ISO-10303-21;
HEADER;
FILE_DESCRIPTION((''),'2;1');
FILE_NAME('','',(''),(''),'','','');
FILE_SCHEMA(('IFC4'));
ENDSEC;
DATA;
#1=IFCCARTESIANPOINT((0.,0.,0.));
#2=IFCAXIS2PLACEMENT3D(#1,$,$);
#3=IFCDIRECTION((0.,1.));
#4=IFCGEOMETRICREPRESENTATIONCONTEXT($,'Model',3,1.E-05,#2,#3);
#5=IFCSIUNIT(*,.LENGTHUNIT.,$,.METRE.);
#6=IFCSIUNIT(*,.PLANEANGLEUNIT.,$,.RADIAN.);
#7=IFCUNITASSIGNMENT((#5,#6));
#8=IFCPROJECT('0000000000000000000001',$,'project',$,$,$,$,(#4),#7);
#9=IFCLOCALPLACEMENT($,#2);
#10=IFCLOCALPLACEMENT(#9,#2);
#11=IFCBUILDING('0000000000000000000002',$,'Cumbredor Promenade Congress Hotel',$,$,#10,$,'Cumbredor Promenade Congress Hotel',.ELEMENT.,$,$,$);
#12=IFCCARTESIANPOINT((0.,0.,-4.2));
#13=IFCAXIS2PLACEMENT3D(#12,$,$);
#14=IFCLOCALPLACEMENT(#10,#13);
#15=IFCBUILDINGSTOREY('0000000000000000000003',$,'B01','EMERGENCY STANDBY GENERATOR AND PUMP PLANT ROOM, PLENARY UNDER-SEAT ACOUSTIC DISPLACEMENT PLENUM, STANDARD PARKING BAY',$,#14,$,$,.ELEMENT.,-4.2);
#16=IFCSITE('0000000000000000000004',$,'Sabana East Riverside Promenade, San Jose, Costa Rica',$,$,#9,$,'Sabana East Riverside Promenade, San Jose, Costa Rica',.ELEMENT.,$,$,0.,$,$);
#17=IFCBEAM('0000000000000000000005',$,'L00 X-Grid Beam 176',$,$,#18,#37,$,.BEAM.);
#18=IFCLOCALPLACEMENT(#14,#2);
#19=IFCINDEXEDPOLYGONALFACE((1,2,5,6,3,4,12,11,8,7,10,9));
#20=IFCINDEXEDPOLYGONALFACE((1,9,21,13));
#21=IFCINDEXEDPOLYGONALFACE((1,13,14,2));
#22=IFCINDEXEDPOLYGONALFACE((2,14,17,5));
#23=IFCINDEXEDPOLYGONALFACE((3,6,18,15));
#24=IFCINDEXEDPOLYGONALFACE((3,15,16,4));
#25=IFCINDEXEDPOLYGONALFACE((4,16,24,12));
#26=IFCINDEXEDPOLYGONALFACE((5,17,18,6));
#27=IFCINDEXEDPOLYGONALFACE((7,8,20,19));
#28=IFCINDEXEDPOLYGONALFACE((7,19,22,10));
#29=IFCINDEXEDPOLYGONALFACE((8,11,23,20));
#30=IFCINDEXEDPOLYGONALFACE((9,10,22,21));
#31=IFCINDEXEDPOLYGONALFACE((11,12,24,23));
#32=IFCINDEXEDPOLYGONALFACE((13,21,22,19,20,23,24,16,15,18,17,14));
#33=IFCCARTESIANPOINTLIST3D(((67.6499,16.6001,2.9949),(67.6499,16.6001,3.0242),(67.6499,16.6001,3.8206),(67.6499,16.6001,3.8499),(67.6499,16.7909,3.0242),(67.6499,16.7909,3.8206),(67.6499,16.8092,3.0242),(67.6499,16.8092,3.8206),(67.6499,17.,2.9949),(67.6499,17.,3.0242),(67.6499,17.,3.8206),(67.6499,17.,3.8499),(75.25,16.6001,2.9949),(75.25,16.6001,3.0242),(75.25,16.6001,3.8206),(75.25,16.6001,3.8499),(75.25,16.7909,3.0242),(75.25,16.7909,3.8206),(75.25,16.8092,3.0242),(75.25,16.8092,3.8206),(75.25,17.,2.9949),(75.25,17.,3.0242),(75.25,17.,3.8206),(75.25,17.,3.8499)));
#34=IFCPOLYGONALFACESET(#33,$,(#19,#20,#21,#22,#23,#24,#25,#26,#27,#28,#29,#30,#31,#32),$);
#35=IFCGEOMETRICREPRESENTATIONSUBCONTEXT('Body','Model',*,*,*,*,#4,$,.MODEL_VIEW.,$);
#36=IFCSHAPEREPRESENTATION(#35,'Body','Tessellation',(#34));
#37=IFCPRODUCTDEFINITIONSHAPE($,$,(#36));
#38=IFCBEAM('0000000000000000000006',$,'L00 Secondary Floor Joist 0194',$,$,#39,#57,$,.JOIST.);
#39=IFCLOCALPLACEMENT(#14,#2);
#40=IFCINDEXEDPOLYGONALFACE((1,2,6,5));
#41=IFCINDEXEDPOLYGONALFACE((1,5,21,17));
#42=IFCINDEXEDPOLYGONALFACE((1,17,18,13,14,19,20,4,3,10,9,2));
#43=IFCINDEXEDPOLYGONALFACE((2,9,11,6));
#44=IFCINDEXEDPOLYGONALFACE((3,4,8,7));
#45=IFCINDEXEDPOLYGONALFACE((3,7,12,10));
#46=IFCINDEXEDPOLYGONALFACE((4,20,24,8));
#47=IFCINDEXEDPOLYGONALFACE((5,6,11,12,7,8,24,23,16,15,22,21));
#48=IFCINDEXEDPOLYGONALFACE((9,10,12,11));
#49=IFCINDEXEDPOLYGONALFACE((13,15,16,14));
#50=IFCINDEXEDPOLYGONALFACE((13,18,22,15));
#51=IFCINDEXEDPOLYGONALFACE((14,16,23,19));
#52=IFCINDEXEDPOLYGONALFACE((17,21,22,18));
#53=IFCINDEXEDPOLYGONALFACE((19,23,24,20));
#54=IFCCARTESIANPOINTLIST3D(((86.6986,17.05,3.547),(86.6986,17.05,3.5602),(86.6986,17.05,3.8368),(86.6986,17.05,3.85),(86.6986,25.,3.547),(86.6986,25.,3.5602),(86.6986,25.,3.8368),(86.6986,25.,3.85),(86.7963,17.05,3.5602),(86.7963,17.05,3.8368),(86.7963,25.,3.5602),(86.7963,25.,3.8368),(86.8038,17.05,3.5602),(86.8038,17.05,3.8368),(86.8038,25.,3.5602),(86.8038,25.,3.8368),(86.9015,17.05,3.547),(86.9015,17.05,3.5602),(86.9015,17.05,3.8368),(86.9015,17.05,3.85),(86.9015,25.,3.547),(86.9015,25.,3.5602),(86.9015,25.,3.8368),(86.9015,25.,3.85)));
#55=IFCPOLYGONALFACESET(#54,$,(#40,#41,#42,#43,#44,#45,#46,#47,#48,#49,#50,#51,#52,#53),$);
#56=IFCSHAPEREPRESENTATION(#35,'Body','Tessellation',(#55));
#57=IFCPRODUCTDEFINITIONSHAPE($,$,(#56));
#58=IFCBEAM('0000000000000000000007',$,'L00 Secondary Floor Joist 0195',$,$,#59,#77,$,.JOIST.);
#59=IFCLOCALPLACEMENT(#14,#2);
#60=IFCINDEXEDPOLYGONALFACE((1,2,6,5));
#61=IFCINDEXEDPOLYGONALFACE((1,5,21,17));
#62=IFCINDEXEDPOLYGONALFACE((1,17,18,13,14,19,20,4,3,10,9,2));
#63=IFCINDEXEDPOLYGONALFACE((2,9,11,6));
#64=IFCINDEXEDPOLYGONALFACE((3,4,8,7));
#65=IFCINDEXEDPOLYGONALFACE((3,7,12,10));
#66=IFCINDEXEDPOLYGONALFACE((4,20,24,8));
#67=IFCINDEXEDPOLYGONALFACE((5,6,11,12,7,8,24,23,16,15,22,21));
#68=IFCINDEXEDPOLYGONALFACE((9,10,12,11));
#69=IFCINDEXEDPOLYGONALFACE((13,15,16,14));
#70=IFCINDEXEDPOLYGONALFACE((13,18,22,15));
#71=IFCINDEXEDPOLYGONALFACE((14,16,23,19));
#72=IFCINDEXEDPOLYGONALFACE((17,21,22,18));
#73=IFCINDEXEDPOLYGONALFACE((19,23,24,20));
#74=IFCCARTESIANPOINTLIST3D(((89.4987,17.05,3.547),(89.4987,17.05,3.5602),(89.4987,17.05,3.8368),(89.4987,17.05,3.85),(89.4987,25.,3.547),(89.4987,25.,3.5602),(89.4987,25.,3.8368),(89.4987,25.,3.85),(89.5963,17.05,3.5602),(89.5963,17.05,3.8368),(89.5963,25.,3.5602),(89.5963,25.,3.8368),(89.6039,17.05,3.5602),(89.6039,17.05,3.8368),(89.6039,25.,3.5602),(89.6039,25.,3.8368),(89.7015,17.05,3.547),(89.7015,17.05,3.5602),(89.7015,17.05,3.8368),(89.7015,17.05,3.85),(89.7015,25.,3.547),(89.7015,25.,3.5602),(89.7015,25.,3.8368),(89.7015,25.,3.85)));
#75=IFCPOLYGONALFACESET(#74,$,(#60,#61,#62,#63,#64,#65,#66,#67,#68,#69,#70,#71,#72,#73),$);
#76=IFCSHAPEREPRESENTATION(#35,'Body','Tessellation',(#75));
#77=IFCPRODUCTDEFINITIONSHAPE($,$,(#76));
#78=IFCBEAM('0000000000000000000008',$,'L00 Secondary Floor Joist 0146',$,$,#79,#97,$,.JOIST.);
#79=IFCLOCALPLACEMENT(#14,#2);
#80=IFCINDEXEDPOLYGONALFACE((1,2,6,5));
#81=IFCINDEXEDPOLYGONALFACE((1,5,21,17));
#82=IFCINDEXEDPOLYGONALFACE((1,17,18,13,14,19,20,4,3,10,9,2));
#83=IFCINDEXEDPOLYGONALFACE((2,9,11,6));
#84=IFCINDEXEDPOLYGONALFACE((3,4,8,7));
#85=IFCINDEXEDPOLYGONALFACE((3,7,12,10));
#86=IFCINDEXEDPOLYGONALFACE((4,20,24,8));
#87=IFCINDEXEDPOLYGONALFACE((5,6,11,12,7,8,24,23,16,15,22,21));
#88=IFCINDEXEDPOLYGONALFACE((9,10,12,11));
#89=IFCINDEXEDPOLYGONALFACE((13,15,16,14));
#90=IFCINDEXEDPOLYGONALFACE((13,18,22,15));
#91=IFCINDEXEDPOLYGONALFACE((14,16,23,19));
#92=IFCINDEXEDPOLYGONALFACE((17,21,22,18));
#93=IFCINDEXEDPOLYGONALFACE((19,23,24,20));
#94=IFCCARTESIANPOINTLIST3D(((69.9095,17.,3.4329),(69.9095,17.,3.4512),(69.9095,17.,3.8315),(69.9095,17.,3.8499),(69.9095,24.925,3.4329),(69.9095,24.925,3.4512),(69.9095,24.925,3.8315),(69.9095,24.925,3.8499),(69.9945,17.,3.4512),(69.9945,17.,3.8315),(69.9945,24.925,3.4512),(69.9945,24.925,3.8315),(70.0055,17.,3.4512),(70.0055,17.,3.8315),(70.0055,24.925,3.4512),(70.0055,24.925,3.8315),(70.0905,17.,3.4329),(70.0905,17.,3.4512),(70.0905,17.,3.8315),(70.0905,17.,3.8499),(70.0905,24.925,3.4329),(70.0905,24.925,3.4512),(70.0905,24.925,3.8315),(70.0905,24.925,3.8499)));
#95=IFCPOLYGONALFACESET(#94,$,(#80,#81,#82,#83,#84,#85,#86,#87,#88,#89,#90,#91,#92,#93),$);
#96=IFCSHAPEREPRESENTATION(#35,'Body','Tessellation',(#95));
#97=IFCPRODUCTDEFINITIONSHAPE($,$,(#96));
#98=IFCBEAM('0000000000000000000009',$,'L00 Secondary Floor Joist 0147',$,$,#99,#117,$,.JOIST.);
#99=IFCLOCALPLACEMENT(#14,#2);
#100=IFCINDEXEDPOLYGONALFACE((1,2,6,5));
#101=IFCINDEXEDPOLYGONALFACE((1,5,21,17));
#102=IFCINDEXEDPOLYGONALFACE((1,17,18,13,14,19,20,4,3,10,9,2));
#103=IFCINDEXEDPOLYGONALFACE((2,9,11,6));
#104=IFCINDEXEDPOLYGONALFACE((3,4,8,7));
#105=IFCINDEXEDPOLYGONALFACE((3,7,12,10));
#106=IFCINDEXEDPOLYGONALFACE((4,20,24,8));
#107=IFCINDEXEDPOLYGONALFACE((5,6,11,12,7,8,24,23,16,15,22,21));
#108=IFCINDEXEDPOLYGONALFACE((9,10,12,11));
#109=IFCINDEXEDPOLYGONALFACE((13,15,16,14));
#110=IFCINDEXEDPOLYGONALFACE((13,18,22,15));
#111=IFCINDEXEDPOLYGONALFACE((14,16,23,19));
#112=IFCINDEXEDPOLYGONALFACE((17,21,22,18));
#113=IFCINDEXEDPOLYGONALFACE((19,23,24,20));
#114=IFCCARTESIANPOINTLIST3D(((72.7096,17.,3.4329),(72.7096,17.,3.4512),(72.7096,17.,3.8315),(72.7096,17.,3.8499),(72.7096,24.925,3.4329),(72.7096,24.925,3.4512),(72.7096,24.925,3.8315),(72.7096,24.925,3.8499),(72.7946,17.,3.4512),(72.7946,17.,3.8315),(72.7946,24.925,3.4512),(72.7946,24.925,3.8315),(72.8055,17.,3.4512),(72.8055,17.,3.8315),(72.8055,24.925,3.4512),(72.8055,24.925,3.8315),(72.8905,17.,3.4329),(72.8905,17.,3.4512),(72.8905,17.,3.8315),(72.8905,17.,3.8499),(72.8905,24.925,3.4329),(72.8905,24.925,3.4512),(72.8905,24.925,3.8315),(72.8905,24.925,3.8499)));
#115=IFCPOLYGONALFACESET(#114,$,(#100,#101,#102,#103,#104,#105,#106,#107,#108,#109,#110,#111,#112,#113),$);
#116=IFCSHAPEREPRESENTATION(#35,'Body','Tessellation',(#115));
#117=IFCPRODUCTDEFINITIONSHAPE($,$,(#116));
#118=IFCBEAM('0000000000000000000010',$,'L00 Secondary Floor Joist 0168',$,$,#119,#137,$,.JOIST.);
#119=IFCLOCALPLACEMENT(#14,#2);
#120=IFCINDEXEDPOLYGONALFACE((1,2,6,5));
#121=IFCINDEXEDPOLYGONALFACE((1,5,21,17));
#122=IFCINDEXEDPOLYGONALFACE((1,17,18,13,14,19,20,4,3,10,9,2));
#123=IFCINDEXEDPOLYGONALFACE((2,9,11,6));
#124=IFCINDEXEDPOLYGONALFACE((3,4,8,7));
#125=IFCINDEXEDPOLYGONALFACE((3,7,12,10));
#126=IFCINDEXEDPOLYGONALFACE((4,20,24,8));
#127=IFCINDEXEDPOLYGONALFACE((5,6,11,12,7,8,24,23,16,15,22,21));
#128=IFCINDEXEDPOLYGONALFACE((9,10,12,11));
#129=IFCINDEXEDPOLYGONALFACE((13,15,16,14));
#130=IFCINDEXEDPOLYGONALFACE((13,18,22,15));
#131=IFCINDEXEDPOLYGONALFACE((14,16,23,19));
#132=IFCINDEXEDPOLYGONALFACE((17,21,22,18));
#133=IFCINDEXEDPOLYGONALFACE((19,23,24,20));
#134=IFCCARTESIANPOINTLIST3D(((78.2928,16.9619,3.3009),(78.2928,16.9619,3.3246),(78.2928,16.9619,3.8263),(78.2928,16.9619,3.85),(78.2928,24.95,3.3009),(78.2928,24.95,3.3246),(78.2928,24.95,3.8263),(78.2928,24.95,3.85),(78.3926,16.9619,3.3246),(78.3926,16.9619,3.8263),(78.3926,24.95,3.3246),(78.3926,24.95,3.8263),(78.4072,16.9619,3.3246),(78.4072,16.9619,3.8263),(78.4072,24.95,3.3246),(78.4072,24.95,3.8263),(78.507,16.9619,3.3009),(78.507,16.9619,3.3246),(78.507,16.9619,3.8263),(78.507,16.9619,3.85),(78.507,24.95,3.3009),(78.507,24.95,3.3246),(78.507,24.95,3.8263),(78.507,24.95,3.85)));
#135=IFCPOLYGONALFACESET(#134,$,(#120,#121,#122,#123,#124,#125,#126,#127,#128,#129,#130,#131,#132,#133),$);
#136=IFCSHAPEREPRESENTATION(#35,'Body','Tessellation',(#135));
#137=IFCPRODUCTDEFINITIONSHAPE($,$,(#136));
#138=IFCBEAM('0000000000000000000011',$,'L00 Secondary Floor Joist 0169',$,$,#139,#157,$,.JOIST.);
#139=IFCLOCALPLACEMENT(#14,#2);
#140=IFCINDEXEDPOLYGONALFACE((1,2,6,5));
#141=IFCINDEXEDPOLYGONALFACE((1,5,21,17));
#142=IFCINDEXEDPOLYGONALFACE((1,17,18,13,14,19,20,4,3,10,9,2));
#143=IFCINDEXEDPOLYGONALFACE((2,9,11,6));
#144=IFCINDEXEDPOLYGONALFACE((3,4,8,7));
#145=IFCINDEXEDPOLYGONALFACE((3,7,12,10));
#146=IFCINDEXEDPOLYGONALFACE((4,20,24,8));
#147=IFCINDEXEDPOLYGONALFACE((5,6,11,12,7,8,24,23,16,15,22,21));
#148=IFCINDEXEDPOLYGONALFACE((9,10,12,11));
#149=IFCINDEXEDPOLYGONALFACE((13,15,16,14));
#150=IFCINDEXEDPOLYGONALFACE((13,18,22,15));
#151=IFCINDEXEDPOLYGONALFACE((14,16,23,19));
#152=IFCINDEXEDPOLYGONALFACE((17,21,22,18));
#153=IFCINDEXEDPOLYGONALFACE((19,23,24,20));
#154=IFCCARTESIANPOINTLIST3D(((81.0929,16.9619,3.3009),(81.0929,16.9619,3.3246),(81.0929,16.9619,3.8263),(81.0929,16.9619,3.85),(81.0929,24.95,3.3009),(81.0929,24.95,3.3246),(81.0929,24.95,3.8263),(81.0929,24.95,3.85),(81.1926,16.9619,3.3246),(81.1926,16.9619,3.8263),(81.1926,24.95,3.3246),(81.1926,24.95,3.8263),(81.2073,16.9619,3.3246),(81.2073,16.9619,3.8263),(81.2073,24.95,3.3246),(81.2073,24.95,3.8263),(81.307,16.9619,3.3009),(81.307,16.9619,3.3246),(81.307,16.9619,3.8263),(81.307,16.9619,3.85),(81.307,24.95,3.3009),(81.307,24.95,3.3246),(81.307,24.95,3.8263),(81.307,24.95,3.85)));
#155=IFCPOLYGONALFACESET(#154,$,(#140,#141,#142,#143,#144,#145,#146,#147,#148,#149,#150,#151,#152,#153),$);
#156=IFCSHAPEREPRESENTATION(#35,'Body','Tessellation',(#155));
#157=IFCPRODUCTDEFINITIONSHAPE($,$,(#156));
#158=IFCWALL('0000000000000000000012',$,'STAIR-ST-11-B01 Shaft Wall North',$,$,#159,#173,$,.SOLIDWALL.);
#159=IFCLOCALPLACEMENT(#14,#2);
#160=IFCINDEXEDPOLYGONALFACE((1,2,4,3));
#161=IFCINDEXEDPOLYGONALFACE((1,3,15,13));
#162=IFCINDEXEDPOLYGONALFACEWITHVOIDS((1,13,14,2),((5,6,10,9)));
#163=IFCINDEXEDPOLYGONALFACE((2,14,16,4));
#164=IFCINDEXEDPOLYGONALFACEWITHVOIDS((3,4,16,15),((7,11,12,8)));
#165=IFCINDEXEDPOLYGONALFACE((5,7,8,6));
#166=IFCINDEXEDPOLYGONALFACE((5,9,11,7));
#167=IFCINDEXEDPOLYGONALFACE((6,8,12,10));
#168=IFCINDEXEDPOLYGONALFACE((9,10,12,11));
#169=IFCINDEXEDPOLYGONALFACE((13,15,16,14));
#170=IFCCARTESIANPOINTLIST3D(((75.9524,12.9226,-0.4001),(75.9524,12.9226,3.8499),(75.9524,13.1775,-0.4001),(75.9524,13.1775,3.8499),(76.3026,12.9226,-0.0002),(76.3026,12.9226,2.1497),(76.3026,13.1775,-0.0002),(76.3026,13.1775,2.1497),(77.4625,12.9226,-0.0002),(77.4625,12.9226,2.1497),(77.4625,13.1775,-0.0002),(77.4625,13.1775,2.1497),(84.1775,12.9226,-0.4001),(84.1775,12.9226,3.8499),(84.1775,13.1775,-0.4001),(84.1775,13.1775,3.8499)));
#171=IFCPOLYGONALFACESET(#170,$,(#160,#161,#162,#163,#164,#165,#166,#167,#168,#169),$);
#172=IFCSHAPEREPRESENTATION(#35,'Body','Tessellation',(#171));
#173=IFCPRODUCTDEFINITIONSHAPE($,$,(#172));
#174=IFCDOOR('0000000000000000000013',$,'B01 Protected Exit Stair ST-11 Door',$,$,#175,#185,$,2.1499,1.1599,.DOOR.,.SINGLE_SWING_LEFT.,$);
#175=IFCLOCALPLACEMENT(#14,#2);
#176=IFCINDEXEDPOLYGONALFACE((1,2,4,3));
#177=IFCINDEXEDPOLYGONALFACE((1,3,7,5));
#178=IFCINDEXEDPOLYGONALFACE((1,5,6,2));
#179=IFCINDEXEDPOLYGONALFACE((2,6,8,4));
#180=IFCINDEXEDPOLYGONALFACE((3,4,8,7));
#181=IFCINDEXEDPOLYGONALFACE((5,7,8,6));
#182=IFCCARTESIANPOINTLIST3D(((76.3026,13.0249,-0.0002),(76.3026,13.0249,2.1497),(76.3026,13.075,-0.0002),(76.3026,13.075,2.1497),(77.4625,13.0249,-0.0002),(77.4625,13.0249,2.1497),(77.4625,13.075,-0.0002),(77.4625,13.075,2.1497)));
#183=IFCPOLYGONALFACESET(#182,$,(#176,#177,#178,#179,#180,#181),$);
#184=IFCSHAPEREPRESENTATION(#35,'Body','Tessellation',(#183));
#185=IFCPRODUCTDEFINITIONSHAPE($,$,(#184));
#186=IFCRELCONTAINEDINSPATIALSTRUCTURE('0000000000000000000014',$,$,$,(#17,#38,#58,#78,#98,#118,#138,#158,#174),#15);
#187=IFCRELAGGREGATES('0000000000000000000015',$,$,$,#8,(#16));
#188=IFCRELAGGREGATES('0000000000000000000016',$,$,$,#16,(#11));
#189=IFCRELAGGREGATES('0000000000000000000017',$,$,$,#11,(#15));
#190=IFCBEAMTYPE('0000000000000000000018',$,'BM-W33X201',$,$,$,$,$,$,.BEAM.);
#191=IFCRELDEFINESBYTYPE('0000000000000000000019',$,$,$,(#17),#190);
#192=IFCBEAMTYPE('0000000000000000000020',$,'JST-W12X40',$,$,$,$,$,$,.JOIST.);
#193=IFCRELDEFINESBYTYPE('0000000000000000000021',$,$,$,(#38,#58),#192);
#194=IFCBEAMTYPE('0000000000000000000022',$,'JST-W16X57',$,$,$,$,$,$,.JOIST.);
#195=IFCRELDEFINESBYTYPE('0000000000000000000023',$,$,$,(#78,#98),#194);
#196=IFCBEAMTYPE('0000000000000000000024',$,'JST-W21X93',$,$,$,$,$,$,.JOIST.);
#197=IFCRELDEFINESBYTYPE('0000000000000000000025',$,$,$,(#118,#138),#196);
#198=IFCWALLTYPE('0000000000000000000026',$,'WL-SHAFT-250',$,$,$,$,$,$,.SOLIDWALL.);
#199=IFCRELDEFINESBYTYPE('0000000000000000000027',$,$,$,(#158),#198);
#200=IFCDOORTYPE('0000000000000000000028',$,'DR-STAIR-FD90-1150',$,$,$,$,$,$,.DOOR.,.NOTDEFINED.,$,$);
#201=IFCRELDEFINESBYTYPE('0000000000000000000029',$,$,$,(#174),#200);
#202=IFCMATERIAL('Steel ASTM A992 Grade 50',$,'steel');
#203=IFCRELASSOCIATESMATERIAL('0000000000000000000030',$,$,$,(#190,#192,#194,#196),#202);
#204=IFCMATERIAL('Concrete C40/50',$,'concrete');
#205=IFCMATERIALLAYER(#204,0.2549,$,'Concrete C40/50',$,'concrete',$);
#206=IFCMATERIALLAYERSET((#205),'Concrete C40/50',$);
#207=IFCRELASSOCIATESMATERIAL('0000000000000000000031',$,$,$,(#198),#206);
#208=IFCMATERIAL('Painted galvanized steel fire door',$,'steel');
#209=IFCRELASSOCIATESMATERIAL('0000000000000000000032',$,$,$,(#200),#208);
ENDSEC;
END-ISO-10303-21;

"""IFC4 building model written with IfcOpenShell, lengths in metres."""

from ifc_helpers import new_model, si_unit, direction, frame, frame_2d, origin, origin_2d, place, context, subcontext, project, spatial, rectangle, i_section, extrude, material, layer, layer_set, material_profile, profile_set, type_object, element, fill, save


model = new_model("IFC4")

# Units and contexts
model_context = context("Model", 3, precision=1e-05, world=origin(), true_north=direction((0.0, 1.0)))
body_context = subcontext(model_context, "Body", "Model", "MODEL_VIEW")
ifc_project = project(units=[si_unit("LENGTHUNIT", "METRE"), si_unit("PLANEANGLEUNIT", "RADIAN")], contexts=[model_context])

# Site, building, storey
site_placement = place(None, origin())
site = spatial("IfcSite", under=ifc_project, at=site_placement, Name="Sabana East Riverside Promenade, San Jose, Costa Rica", LongName="Sabana East Riverside Promenade, San Jose, Costa Rica", CompositionType="ELEMENT", RefElevation=0.0)
building_placement = place(site_placement, origin())
building = spatial("IfcBuilding", under=site, at=building_placement, Name="Cumbredor Promenade Congress Hotel", LongName="Cumbredor Promenade Congress Hotel", CompositionType="ELEMENT")
storey_placement = place(building_placement, frame((0.0, 0.0, -4.2)))
storey = spatial("IfcBuildingStorey", under=building, at=storey_placement, Name="B01", Description="EMERGENCY STANDBY GENERATOR AND PUMP PLANT ROOM, PLENARY UNDER-SEAT ACOUSTIC DISPLACEMENT PLENUM, STANDARD PARKING BAY", CompositionType="ELEMENT", Elevation=-4.2)

# Shared definitions
ifc_material_1 = material(Name="Concrete C40/50", Category="concrete")

# Beams
ifc_material_2 = material(Name="Steel ASTM A992 Grade 50", Category="steel")
ifc_material_profile_1 = material_profile(ifc_material_2, i_section(OverallWidth=0.3999, OverallDepth=0.855, WebThickness=0.0183, FlangeThickness=0.0293, at=origin_2d()), Name="W33X201")
ifc_profile_set_1 = profile_set([ifc_material_profile_1], Name="Steel ASTM A992 Grade 50")
beam_type_1 = type_object("IfcBeamType", Name="BM-W33X201", PredefinedType="BEAM", material=ifc_profile_set_1)
beam_1_placement = place(storey_placement, frame((67.6499, 16.8, 3.4224), z_axis=(1.0, 0.0, 0.0), x_axis=(0.0, 1.0, 0.0)))
element("IfcBeam", 1, at=beam_1_placement, inside=storey, type_object=beam_type_1, Name="L00 X-Grid Beam 176", PredefinedType="BEAM", context=body_context, shape_type="SweptSolid", body=[
    extrude(i_section(OverallWidth=0.3999, OverallDepth=0.855, WebThickness=0.0183, FlangeThickness=0.0293, at=origin_2d()), origin(), (0.0, 0.0, 1.0), 7.6001),
])
ifc_material_profile_2 = material_profile(ifc_material_2, i_section(OverallWidth=0.2029, OverallDepth=0.303, WebThickness=0.0076, FlangeThickness=0.0132, at=origin_2d()), Name="W12X40")
ifc_profile_set_2 = profile_set([ifc_material_profile_2], Name="Steel ASTM A992 Grade 50")
beam_type_2 = type_object("IfcBeamType", Name="JST-W12X40", PredefinedType="JOIST", material=ifc_profile_set_2)
for number, where, z_axis, x_axis, name in (
    (2, (86.8, 17.05, 3.6985), (0.0, 1.0, 0.0), (-1.0, 0.0, 0.0), "L00 Secondary Floor Joist 0194"),
    (3, (89.6001, 17.05, 3.6985), (0.0, 1.0, 0.0), (-1.0, 0.0, 0.0), "L00 Secondary Floor Joist 0195"),
):
    element("IfcBeam", number, at=place(storey_placement, frame(where, z_axis=z_axis, x_axis=x_axis)), inside=storey, type_object=beam_type_2, Name=name, PredefinedType="JOIST", context=body_context, shape_type="SweptSolid", body=[
        extrude(i_section(OverallWidth=0.2029, OverallDepth=0.303, WebThickness=0.0076, FlangeThickness=0.0132, at=origin_2d()), origin(), (0.0, 0.0, 1.0), 7.95),
    ])
ifc_material_profile_3 = material_profile(ifc_material_2, i_section(OverallWidth=0.1809, OverallDepth=0.417, WebThickness=0.011, FlangeThickness=0.0183, at=origin_2d()), Name="W16X57")
ifc_profile_set_3 = profile_set([ifc_material_profile_3], Name="Steel ASTM A992 Grade 50")
beam_type_3 = type_object("IfcBeamType", Name="JST-W16X57", PredefinedType="JOIST", material=ifc_profile_set_3)
for number, where, z_axis, x_axis, name in (
    (4, (70.0, 17.0, 3.6414), (0.0, 1.0, 0.0), (-1.0, 0.0, 0.0), "L00 Secondary Floor Joist 0146"),
    (5, (72.8, 17.0, 3.6414), (0.0, 1.0, 0.0), (-1.0, 0.0, 0.0), "L00 Secondary Floor Joist 0147"),
):
    element("IfcBeam", number, at=place(storey_placement, frame(where, z_axis=z_axis, x_axis=x_axis)), inside=storey, type_object=beam_type_3, Name=name, PredefinedType="JOIST", context=body_context, shape_type="SweptSolid", body=[
        extrude(i_section(OverallWidth=0.1809, OverallDepth=0.417, WebThickness=0.011, FlangeThickness=0.0183, at=origin_2d()), origin(), (0.0, 0.0, 1.0), 7.925),
    ])
ifc_material_profile_4 = material_profile(ifc_material_2, i_section(OverallWidth=0.2141, OverallDepth=0.5491, WebThickness=0.0146, FlangeThickness=0.0237, at=origin_2d()), Name="W21X93")
ifc_profile_set_4 = profile_set([ifc_material_profile_4], Name="Steel ASTM A992 Grade 50")
beam_type_4 = type_object("IfcBeamType", Name="JST-W21X93", PredefinedType="JOIST", material=ifc_profile_set_4)
for number, where, z_axis, x_axis, name in (
    (6, (78.3999, 16.9619, 3.5754), (0.0, 1.0, 0.0), (-1.0, 0.0, 0.0), "L00 Secondary Floor Joist 0168"),
    (7, (81.2, 16.9619, 3.5754), (0.0, 1.0, 0.0), (-1.0, 0.0, 0.0), "L00 Secondary Floor Joist 0169"),
):
    element("IfcBeam", number, at=place(storey_placement, frame(where, z_axis=z_axis, x_axis=x_axis)), inside=storey, type_object=beam_type_4, Name=name, PredefinedType="JOIST", context=body_context, shape_type="SweptSolid", body=[
        extrude(i_section(OverallWidth=0.2141, OverallDepth=0.5491, WebThickness=0.0146, FlangeThickness=0.0237, at=origin_2d()), origin(), (0.0, 0.0, 1.0), 7.988),
    ])

# Wall, opening, door
ifc_layer = layer(ifc_material_1, 0.2549, Name="Concrete C40/50", Category="concrete")
ifc_layer_set = layer_set([ifc_layer], Name="Concrete C40/50")
wall_type = type_object("IfcWallType", Name="WL-SHAFT-250", PredefinedType="SOLIDWALL", material=ifc_layer_set)
wall_1_placement = place(storey_placement, frame((75.9524, 13.05, -0.4001), z_axis=(0.0, 0.0, 1.0), x_axis=(1.0, 0.0, 0.0)))
wall_1 = element("IfcWall", 8, at=wall_1_placement, inside=storey, type_object=wall_type, Name="STAIR-ST-11-B01 Shaft Wall North", PredefinedType="SOLIDWALL", context=body_context, shape_type="SweptSolid", body=[
    extrude(rectangle(XDim=8.2251, YDim=0.2549, at=frame_2d((4.1125, 0.0))), origin(), (0.0, 0.0, 1.0), 4.25),
])
opening_1_placement = place(wall_1_placement, frame((0.3501, 0.0, 0.3999)))
opening_1 = element("IfcOpeningElement", 9, at=opening_1_placement, cuts=wall_1, PredefinedType="OPENING", context=body_context, shape_type="SweptSolid", body=[
    extrude(rectangle(XDim=1.1599, YDim=2.1499, at=frame_2d((0.5801, 1.075))), frame((0.0, 0.1375, 0.0), z_axis=(0.0, -1.0, 0.0), x_axis=(1.0, 0.0, 0.0)), (0.0, 0.0, 1.0), 0.2749),
])
ifc_material_3 = material(Name="Painted galvanized steel fire door", Category="steel")
door_type_1 = type_object("IfcDoorType", Name="DR-STAIR-FD90-1150", OperationType="NOTDEFINED", PredefinedType="DOOR", material=ifc_material_3)
door_1_placement = place(opening_1_placement, origin())
door_1 = element("IfcDoor", 10, at=door_1_placement, inside=storey, type_object=door_type_1, Name="B01 Protected Exit Stair ST-11 Door", OperationType="SINGLE_SWING_LEFT", OverallHeight=2.1499, OverallWidth=1.1599, PredefinedType="DOOR", context=body_context, shape_type="SweptSolid", body=[
    extrude(rectangle(XDim=1.1599, YDim=2.1499, at=frame_2d((0.5801, 1.075))), frame((0.0, 0.0249, 0.0), z_axis=(0.0, -1.0, 0.0), x_axis=(1.0, 0.0, 0.0)), (0.0, 0.0, 1.0), 0.05),
])
fill(opening_1, door_1)

save(model, "model.ifc")
